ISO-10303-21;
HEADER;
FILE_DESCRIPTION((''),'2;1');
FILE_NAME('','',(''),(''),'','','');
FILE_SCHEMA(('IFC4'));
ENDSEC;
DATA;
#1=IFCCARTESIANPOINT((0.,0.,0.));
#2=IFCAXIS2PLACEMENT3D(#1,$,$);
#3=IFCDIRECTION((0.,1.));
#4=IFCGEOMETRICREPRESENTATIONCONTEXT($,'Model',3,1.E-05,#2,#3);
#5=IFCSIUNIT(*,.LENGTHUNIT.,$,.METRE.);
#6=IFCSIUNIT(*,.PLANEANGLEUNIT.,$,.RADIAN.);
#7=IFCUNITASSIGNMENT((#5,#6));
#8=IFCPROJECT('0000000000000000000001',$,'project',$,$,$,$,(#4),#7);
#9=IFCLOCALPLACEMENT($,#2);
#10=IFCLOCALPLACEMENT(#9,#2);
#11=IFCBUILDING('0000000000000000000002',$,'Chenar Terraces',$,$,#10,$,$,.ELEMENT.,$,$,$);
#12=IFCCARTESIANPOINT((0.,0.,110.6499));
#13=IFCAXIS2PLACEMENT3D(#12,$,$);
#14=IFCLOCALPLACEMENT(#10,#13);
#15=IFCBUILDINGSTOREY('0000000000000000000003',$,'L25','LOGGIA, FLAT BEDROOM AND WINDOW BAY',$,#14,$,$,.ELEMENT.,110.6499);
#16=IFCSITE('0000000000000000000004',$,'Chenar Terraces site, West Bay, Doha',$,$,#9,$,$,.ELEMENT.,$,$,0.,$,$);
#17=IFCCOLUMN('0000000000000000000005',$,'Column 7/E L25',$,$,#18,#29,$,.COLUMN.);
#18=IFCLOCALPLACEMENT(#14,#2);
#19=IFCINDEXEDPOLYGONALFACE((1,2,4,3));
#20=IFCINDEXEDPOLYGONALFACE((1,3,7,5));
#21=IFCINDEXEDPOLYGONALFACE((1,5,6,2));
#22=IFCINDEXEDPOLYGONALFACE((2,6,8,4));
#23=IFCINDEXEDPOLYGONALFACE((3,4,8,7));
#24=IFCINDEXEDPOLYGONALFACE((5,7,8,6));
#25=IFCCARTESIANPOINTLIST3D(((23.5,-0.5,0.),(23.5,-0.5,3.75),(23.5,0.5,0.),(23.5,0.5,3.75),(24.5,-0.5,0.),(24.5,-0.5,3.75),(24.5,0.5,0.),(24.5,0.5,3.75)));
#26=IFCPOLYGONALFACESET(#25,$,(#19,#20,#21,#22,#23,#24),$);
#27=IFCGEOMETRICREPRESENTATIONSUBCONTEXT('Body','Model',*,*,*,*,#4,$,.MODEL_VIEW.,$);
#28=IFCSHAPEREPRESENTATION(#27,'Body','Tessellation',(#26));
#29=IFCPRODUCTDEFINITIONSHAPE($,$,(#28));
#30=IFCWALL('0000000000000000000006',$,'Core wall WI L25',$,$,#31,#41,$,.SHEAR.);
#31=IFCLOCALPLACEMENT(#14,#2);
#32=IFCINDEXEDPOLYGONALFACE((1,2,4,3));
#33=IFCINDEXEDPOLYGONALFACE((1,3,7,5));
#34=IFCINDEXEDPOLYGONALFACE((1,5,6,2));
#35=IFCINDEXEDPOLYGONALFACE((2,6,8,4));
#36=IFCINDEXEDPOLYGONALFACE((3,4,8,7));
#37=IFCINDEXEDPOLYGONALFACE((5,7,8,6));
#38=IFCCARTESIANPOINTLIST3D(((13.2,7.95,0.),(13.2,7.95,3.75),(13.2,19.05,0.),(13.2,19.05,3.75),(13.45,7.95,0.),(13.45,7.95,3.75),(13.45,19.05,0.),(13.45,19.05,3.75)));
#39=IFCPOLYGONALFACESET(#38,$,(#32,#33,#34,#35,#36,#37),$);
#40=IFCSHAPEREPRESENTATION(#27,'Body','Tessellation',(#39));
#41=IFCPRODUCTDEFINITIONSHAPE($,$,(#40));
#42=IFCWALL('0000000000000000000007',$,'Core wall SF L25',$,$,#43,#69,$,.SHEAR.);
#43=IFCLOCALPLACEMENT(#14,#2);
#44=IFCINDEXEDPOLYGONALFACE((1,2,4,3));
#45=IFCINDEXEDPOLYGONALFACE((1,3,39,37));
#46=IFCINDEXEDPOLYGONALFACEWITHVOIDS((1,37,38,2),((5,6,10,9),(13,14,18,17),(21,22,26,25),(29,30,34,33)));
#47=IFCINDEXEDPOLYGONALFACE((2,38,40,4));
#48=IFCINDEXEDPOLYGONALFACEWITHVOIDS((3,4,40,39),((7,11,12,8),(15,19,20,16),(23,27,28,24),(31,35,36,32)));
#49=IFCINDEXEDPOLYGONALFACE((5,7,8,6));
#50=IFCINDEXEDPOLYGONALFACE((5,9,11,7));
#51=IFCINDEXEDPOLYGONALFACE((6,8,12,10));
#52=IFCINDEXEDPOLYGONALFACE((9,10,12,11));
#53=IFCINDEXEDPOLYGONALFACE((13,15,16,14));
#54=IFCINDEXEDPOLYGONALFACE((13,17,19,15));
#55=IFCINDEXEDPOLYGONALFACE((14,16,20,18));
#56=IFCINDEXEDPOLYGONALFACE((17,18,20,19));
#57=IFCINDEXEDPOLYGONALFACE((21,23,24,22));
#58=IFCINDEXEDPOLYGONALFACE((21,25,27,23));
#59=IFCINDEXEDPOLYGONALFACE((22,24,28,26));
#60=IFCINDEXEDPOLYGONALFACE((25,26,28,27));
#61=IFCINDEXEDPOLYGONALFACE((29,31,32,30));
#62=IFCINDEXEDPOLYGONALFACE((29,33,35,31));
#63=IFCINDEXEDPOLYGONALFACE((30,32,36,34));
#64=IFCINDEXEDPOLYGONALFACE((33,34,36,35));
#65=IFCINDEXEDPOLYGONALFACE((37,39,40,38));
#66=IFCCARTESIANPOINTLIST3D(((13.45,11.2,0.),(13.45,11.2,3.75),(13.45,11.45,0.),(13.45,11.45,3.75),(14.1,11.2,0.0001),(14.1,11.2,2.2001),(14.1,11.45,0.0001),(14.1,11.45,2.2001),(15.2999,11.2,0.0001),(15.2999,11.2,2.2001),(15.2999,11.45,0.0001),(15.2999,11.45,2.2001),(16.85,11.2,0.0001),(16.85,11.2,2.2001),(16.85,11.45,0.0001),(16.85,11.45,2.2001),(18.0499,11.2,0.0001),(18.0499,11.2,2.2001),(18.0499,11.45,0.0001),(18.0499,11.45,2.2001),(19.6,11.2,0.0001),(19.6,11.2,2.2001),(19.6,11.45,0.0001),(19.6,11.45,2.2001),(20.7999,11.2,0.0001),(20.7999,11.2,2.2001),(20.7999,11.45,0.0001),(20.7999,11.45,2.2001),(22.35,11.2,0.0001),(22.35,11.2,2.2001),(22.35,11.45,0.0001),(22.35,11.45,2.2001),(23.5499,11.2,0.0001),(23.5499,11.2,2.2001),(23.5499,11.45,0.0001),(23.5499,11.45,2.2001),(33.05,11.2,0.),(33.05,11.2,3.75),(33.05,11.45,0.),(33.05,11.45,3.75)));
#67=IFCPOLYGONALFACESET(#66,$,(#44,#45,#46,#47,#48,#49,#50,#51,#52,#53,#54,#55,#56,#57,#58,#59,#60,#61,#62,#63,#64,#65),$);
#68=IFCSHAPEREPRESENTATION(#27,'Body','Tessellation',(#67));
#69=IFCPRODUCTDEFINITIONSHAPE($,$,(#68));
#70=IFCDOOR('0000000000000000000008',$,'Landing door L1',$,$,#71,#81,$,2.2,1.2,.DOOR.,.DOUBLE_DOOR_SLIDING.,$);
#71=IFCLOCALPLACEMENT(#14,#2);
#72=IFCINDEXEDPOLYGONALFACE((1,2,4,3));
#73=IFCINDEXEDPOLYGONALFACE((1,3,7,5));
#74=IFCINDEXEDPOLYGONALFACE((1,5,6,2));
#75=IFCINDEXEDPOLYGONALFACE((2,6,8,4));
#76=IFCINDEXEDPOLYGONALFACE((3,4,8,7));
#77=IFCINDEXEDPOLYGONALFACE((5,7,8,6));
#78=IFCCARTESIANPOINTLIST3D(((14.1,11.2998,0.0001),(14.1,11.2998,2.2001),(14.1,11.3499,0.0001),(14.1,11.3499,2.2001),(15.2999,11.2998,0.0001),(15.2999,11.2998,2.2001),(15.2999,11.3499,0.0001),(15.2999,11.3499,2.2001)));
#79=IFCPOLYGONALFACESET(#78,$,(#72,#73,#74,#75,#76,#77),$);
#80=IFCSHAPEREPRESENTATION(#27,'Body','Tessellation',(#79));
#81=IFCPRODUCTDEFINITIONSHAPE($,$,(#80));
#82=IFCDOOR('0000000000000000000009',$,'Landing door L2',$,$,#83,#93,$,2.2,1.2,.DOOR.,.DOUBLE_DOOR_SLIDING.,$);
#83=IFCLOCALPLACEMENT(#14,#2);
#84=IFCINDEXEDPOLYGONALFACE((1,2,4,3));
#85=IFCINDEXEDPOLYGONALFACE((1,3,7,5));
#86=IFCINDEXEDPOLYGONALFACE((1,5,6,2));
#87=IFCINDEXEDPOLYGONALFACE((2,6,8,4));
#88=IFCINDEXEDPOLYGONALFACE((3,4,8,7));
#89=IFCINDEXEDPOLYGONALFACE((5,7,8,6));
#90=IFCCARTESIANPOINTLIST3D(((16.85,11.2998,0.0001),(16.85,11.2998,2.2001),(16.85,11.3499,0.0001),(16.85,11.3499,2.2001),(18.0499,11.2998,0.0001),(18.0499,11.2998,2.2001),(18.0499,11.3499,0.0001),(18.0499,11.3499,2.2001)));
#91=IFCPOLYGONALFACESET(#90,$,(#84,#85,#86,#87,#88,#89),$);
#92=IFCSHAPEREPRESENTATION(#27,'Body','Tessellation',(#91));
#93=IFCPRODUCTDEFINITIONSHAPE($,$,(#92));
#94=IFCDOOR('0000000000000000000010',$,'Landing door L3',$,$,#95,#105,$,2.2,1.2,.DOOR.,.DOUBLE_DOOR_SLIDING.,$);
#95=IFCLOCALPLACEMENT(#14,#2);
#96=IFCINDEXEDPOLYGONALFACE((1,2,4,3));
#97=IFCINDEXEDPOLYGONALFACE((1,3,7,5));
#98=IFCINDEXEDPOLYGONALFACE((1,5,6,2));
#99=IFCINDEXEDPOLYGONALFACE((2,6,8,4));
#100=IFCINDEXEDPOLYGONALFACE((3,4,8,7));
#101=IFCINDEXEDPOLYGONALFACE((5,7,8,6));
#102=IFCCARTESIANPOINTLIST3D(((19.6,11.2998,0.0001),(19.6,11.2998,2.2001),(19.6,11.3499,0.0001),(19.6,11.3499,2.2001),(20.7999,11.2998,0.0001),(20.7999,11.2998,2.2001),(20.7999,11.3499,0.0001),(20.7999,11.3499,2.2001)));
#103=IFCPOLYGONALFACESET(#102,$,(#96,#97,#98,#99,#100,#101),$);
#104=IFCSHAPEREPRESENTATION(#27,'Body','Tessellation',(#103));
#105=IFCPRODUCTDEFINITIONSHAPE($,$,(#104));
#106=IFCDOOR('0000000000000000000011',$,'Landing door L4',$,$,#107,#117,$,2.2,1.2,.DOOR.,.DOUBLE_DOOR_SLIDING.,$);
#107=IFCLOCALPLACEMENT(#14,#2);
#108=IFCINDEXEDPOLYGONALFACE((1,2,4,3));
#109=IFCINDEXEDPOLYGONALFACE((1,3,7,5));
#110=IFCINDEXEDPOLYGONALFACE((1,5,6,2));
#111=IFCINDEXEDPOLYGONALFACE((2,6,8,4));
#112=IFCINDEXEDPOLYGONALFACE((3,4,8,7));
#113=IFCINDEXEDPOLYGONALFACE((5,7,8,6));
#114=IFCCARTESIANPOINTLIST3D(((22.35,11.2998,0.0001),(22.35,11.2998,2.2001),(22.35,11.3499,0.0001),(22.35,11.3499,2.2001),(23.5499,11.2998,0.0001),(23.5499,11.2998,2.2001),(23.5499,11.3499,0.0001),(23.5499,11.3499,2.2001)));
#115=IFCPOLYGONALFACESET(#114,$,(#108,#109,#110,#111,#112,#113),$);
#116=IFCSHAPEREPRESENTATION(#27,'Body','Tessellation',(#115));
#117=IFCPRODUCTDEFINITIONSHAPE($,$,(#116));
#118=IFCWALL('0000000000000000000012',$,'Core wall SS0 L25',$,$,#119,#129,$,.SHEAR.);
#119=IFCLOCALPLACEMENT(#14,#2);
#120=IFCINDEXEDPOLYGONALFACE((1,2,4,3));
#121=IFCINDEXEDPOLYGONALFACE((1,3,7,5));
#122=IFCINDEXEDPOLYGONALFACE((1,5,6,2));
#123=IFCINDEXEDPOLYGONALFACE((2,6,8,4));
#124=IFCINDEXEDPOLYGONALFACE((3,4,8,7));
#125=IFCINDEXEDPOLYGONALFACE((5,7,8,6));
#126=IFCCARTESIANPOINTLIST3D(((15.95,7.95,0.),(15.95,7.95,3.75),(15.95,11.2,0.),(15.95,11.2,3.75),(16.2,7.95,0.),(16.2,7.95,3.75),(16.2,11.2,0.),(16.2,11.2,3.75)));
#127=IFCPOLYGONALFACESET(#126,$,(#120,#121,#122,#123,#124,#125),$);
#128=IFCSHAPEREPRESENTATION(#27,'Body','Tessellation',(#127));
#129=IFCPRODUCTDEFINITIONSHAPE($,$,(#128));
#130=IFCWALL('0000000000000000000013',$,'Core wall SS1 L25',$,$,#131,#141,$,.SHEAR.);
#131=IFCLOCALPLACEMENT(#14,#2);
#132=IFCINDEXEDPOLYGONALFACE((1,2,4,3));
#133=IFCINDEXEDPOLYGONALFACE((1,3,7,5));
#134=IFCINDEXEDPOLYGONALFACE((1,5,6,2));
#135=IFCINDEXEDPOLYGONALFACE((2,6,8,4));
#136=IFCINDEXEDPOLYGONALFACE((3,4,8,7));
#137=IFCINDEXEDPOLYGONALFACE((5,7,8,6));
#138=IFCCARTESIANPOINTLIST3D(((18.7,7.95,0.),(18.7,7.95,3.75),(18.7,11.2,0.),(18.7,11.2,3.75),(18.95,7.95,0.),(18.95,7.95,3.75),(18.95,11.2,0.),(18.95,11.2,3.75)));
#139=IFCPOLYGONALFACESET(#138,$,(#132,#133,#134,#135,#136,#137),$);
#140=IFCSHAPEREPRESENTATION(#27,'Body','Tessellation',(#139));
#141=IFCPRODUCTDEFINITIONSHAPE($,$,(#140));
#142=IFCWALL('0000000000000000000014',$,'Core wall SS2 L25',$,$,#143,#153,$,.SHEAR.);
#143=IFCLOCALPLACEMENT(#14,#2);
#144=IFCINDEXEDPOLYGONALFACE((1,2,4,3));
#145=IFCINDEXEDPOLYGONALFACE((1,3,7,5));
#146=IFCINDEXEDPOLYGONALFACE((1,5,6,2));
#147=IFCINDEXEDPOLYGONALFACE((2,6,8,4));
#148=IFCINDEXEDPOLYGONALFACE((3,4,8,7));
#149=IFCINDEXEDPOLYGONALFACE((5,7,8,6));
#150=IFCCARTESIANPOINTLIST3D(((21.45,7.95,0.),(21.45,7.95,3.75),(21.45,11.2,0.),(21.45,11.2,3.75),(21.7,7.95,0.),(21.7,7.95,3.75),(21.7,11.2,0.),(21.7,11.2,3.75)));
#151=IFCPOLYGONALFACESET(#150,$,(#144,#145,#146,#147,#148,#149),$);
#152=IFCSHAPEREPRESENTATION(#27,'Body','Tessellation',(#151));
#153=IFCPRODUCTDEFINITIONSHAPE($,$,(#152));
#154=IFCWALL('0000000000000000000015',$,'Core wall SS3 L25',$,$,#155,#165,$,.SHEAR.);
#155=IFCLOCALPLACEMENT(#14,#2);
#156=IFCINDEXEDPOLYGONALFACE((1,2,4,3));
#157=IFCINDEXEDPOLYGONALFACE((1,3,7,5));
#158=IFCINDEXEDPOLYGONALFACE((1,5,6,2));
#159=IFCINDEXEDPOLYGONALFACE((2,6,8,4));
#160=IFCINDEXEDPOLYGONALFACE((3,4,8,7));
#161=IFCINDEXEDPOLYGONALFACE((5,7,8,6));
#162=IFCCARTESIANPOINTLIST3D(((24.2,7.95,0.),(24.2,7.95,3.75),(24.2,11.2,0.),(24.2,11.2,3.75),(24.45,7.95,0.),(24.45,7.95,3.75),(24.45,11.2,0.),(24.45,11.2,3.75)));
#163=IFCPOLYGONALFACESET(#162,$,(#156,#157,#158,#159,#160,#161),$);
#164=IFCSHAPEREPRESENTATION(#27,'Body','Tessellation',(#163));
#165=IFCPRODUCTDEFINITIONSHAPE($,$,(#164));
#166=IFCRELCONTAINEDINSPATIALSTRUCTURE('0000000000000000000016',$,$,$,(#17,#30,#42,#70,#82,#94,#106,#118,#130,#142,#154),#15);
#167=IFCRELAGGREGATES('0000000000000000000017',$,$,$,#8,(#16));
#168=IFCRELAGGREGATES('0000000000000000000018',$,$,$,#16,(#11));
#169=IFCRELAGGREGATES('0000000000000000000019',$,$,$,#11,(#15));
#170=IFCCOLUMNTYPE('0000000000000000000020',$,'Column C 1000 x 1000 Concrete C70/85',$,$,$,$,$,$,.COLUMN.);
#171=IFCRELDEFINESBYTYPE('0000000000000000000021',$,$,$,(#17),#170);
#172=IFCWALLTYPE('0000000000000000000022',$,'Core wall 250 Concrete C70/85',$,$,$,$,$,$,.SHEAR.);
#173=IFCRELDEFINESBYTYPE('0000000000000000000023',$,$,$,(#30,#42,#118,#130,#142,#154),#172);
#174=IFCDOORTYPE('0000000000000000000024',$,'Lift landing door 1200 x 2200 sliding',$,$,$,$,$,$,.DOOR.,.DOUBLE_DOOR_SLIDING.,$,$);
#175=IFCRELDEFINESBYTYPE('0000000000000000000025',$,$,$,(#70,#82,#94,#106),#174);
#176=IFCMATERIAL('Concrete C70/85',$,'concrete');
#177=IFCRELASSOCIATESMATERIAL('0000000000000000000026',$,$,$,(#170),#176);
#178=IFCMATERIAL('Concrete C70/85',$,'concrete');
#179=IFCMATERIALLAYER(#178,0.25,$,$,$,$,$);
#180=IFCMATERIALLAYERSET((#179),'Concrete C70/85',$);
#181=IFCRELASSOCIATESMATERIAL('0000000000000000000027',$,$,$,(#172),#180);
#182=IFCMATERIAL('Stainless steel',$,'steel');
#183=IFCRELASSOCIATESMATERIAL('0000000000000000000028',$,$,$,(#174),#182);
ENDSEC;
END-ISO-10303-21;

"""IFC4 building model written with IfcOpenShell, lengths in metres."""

from ifc_helpers import new_model, si_unit, direction, frame, frame_2d, origin, origin_2d, place, context, subcontext, project, spatial, rectangle, extrude, material, layer, layer_set, material_profile, profile_set, type_object, element, fill, save


model = new_model("IFC4")

# Units and contexts
model_context = context("Model", 3, precision=1e-05, world=origin(), true_north=direction((0.0, 1.0)))
body_context = subcontext(model_context, "Body", "Model", "MODEL_VIEW")
ifc_project = project(units=[si_unit("LENGTHUNIT", "METRE"), si_unit("PLANEANGLEUNIT", "RADIAN")], contexts=[model_context])

# Site, building, storey
site_placement = place(None, origin())
site = spatial("IfcSite", under=ifc_project, at=site_placement, Name="Chenar Terraces site, West Bay, Doha", CompositionType="ELEMENT", RefElevation=0.0)
building_placement = place(site_placement, origin())
building = spatial("IfcBuilding", under=site, at=building_placement, Name="Chenar Terraces", CompositionType="ELEMENT")
storey_placement = place(building_placement, frame((0.0, 0.0, 110.6499)))
storey = spatial("IfcBuildingStorey", under=building, at=storey_placement, Name="L25", Description="LOGGIA, FLAT BEDROOM AND WINDOW BAY", CompositionType="ELEMENT", Elevation=110.6499)

# Column
ifc_material_1 = material(Name="Concrete C70/85", Category="concrete")
ifc_material_profile = material_profile(ifc_material_1, rectangle(XDim=1.0, YDim=1.0, at=origin_2d()), Name="C 1000 x 1000")
ifc_profile_set = profile_set([ifc_material_profile], Name="Concrete C70/85")
column_type = type_object("IfcColumnType", Name="Column C 1000 x 1000 Concrete C70/85", PredefinedType="COLUMN", material=ifc_profile_set)
column_placement = place(storey_placement, frame((24.0, 0.0, 0.0), z_axis=(0.0, 0.0, 1.0), x_axis=(1.0, 0.0, 0.0)))
element("IfcColumn", 1, at=column_placement, inside=storey, type_object=column_type, Name="Column 7/E L25", PredefinedType="COLUMN", context=body_context, shape_type="SweptSolid", body=[
    extrude(rectangle(XDim=1.0, YDim=1.0, at=origin_2d()), origin(), (0.0, 0.0, 1.0), 3.75),
])

# Wall
ifc_material_2 = material(Name="Concrete C70/85", Category="concrete")
ifc_layer_1 = layer(ifc_material_2, 0.25)
ifc_layer_set_1 = layer_set([ifc_layer_1], Name="Concrete C70/85")
wall_type_1 = type_object("IfcWallType", Name="Core wall 250 Concrete C70/85", PredefinedType="SHEAR", material=ifc_layer_set_1)
wall_1_placement = place(storey_placement, frame((13.325, 7.95, 0.0), z_axis=(0.0, 0.0, 1.0), x_axis=(0.0, 1.0, 0.0)))
element("IfcWall", 2, at=wall_1_placement, inside=storey, type_object=wall_type_1, Name="Core wall WI L25", PredefinedType="SHEAR", context=body_context, shape_type="SweptSolid", body=[
    extrude(rectangle(XDim=11.1001, YDim=0.25, at=frame_2d((5.55, 0.0))), origin(), (0.0, 0.0, 1.0), 3.75),
])

# Wall, openings, doors
wall_2_placement = place(storey_placement, frame((13.45, 11.325, 0.0), z_axis=(0.0, 0.0, 1.0), x_axis=(1.0, 0.0, 0.0)))
wall_2 = element("IfcWall", 3, at=wall_2_placement, inside=storey, type_object=wall_type_1, Name="Core wall SF L25", PredefinedType="SHEAR", context=body_context, shape_type="SweptSolid", body=[
    extrude(rectangle(XDim=19.6001, YDim=0.25, at=frame_2d((9.8, 0.0))), origin(), (0.0, 0.0, 1.0), 3.75),
])
opening_1_placement = place(wall_2_placement, frame((0.6499, 0.0, 0.0)))
opening_1 = element("IfcOpeningElement", 4, at=opening_1_placement, cuts=wall_2, PredefinedType="OPENING", context=body_context, shape_type="SweptSolid", body=[
    extrude(rectangle(XDim=1.2, YDim=2.2, at=frame_2d((0.6001, 1.1001))), frame((0.0, 0.135, 0.0), z_axis=(0.0, -1.0, 0.0), x_axis=(1.0, 0.0, 0.0)), (0.0, 0.0, 1.0), 0.27),
])
opening_2_placement = place(wall_2_placement, frame((3.3999, 0.0, 0.0)))
opening_2 = element("IfcOpeningElement", 5, at=opening_2_placement, cuts=wall_2, PredefinedType="OPENING", context=body_context, shape_type="SweptSolid", body=[
    extrude(rectangle(XDim=1.2, YDim=2.2, at=frame_2d((0.6001, 1.1001))), frame((0.0, 0.135, 0.0), z_axis=(0.0, -1.0, 0.0), x_axis=(1.0, 0.0, 0.0)), (0.0, 0.0, 1.0), 0.27),
])
opening_3_placement = place(wall_2_placement, frame((6.1499, 0.0, 0.0)))
opening_3 = element("IfcOpeningElement", 6, at=opening_3_placement, cuts=wall_2, PredefinedType="OPENING", context=body_context, shape_type="SweptSolid", body=[
    extrude(rectangle(XDim=1.2, YDim=2.2, at=frame_2d((0.6001, 1.1001))), frame((0.0, 0.135, 0.0), z_axis=(0.0, -1.0, 0.0), x_axis=(1.0, 0.0, 0.0)), (0.0, 0.0, 1.0), 0.27),
])
opening_4_placement = place(wall_2_placement, frame((8.8999, 0.0, 0.0)))
opening_4 = element("IfcOpeningElement", 7, at=opening_4_placement, cuts=wall_2, PredefinedType="OPENING", context=body_context, shape_type="SweptSolid", body=[
    extrude(rectangle(XDim=1.2, YDim=2.2, at=frame_2d((0.6001, 1.1001))), frame((0.0, 0.135, 0.0), z_axis=(0.0, -1.0, 0.0), x_axis=(1.0, 0.0, 0.0)), (0.0, 0.0, 1.0), 0.27),
])
ifc_material_3 = material(Name="Stainless steel", Category="steel")
door_type_1 = type_object("IfcDoorType", Name="Lift landing door 1200 x 2200 sliding", OperationType="DOUBLE_DOOR_SLIDING", PredefinedType="DOOR", material=ifc_material_3)
door_1_placement = place(opening_1_placement, origin())
door_1 = element("IfcDoor", 8, at=door_1_placement, inside=storey, type_object=door_type_1, Name="Landing door L1", OperationType="DOUBLE_DOOR_SLIDING", OverallHeight=2.2, OverallWidth=1.2, PredefinedType="DOOR", context=body_context, shape_type="SweptSolid", body=[
    extrude(rectangle(XDim=1.2, YDim=2.2, at=frame_2d((0.6001, 1.1001))), frame((0.0, 0.0249, 0.0), z_axis=(0.0, -1.0, 0.0), x_axis=(1.0, 0.0, 0.0)), (0.0, 0.0, 1.0), 0.05),
])
fill(opening_1, door_1)
door_2_placement = place(opening_2_placement, origin())
door_2 = element("IfcDoor", 9, at=door_2_placement, inside=storey, type_object=door_type_1, Name="Landing door L2", OperationType="DOUBLE_DOOR_SLIDING", OverallHeight=2.2, OverallWidth=1.2, PredefinedType="DOOR", context=body_context, shape_type="SweptSolid", body=[
    extrude(rectangle(XDim=1.2, YDim=2.2, at=frame_2d((0.6001, 1.1001))), frame((0.0, 0.0249, 0.0), z_axis=(0.0, -1.0, 0.0), x_axis=(1.0, 0.0, 0.0)), (0.0, 0.0, 1.0), 0.05),
])
fill(opening_2, door_2)
door_3_placement = place(opening_3_placement, origin())
door_3 = element("IfcDoor", 10, at=door_3_placement, inside=storey, type_object=door_type_1, Name="Landing door L3", OperationType="DOUBLE_DOOR_SLIDING", OverallHeight=2.2, OverallWidth=1.2, PredefinedType="DOOR", context=body_context, shape_type="SweptSolid", body=[
    extrude(rectangle(XDim=1.2, YDim=2.2, at=frame_2d((0.6001, 1.1001))), frame((0.0, 0.0249, 0.0), z_axis=(0.0, -1.0, 0.0), x_axis=(1.0, 0.0, 0.0)), (0.0, 0.0, 1.0), 0.05),
])
fill(opening_3, door_3)
door_4_placement = place(opening_4_placement, origin())
door_4 = element("IfcDoor", 11, at=door_4_placement, inside=storey, type_object=door_type_1, Name="Landing door L4", OperationType="DOUBLE_DOOR_SLIDING", OverallHeight=2.2, OverallWidth=1.2, PredefinedType="DOOR", context=body_context, shape_type="SweptSolid", body=[
    extrude(rectangle(XDim=1.2, YDim=2.2, at=frame_2d((0.6001, 1.1001))), frame((0.0, 0.0249, 0.0), z_axis=(0.0, -1.0, 0.0), x_axis=(1.0, 0.0, 0.0)), (0.0, 0.0, 1.0), 0.05),
])
fill(opening_4, door_4)

# Walls
for number, where, z_axis, x_axis, name in (
    (12, (16.075, 7.95, 0.0), (0.0, 0.0, 1.0), (0.0, 1.0, 0.0), "Core wall SS0 L25"),
    (13, (18.825, 7.95, 0.0), (0.0, 0.0, 1.0), (0.0, 1.0, 0.0), "Core wall SS1 L25"),
    (14, (21.575, 7.95, 0.0), (0.0, 0.0, 1.0), (0.0, 1.0, 0.0), "Core wall SS2 L25"),
    (15, (24.325, 7.95, 0.0), (0.0, 0.0, 1.0), (0.0, 1.0, 0.0), "Core wall SS3 L25"),
):
    element("IfcWall", number, at=place(storey_placement, frame(where, z_axis=z_axis, x_axis=x_axis)), inside=storey, type_object=wall_type_1, Name=name, PredefinedType="SHEAR", context=body_context, shape_type="SweptSolid", body=[
        extrude(rectangle(XDim=3.25, YDim=0.25, at=frame_2d((1.625, 0.0))), origin(), (0.0, 0.0, 1.0), 3.75),
    ])

save(model, "model.ifc")
